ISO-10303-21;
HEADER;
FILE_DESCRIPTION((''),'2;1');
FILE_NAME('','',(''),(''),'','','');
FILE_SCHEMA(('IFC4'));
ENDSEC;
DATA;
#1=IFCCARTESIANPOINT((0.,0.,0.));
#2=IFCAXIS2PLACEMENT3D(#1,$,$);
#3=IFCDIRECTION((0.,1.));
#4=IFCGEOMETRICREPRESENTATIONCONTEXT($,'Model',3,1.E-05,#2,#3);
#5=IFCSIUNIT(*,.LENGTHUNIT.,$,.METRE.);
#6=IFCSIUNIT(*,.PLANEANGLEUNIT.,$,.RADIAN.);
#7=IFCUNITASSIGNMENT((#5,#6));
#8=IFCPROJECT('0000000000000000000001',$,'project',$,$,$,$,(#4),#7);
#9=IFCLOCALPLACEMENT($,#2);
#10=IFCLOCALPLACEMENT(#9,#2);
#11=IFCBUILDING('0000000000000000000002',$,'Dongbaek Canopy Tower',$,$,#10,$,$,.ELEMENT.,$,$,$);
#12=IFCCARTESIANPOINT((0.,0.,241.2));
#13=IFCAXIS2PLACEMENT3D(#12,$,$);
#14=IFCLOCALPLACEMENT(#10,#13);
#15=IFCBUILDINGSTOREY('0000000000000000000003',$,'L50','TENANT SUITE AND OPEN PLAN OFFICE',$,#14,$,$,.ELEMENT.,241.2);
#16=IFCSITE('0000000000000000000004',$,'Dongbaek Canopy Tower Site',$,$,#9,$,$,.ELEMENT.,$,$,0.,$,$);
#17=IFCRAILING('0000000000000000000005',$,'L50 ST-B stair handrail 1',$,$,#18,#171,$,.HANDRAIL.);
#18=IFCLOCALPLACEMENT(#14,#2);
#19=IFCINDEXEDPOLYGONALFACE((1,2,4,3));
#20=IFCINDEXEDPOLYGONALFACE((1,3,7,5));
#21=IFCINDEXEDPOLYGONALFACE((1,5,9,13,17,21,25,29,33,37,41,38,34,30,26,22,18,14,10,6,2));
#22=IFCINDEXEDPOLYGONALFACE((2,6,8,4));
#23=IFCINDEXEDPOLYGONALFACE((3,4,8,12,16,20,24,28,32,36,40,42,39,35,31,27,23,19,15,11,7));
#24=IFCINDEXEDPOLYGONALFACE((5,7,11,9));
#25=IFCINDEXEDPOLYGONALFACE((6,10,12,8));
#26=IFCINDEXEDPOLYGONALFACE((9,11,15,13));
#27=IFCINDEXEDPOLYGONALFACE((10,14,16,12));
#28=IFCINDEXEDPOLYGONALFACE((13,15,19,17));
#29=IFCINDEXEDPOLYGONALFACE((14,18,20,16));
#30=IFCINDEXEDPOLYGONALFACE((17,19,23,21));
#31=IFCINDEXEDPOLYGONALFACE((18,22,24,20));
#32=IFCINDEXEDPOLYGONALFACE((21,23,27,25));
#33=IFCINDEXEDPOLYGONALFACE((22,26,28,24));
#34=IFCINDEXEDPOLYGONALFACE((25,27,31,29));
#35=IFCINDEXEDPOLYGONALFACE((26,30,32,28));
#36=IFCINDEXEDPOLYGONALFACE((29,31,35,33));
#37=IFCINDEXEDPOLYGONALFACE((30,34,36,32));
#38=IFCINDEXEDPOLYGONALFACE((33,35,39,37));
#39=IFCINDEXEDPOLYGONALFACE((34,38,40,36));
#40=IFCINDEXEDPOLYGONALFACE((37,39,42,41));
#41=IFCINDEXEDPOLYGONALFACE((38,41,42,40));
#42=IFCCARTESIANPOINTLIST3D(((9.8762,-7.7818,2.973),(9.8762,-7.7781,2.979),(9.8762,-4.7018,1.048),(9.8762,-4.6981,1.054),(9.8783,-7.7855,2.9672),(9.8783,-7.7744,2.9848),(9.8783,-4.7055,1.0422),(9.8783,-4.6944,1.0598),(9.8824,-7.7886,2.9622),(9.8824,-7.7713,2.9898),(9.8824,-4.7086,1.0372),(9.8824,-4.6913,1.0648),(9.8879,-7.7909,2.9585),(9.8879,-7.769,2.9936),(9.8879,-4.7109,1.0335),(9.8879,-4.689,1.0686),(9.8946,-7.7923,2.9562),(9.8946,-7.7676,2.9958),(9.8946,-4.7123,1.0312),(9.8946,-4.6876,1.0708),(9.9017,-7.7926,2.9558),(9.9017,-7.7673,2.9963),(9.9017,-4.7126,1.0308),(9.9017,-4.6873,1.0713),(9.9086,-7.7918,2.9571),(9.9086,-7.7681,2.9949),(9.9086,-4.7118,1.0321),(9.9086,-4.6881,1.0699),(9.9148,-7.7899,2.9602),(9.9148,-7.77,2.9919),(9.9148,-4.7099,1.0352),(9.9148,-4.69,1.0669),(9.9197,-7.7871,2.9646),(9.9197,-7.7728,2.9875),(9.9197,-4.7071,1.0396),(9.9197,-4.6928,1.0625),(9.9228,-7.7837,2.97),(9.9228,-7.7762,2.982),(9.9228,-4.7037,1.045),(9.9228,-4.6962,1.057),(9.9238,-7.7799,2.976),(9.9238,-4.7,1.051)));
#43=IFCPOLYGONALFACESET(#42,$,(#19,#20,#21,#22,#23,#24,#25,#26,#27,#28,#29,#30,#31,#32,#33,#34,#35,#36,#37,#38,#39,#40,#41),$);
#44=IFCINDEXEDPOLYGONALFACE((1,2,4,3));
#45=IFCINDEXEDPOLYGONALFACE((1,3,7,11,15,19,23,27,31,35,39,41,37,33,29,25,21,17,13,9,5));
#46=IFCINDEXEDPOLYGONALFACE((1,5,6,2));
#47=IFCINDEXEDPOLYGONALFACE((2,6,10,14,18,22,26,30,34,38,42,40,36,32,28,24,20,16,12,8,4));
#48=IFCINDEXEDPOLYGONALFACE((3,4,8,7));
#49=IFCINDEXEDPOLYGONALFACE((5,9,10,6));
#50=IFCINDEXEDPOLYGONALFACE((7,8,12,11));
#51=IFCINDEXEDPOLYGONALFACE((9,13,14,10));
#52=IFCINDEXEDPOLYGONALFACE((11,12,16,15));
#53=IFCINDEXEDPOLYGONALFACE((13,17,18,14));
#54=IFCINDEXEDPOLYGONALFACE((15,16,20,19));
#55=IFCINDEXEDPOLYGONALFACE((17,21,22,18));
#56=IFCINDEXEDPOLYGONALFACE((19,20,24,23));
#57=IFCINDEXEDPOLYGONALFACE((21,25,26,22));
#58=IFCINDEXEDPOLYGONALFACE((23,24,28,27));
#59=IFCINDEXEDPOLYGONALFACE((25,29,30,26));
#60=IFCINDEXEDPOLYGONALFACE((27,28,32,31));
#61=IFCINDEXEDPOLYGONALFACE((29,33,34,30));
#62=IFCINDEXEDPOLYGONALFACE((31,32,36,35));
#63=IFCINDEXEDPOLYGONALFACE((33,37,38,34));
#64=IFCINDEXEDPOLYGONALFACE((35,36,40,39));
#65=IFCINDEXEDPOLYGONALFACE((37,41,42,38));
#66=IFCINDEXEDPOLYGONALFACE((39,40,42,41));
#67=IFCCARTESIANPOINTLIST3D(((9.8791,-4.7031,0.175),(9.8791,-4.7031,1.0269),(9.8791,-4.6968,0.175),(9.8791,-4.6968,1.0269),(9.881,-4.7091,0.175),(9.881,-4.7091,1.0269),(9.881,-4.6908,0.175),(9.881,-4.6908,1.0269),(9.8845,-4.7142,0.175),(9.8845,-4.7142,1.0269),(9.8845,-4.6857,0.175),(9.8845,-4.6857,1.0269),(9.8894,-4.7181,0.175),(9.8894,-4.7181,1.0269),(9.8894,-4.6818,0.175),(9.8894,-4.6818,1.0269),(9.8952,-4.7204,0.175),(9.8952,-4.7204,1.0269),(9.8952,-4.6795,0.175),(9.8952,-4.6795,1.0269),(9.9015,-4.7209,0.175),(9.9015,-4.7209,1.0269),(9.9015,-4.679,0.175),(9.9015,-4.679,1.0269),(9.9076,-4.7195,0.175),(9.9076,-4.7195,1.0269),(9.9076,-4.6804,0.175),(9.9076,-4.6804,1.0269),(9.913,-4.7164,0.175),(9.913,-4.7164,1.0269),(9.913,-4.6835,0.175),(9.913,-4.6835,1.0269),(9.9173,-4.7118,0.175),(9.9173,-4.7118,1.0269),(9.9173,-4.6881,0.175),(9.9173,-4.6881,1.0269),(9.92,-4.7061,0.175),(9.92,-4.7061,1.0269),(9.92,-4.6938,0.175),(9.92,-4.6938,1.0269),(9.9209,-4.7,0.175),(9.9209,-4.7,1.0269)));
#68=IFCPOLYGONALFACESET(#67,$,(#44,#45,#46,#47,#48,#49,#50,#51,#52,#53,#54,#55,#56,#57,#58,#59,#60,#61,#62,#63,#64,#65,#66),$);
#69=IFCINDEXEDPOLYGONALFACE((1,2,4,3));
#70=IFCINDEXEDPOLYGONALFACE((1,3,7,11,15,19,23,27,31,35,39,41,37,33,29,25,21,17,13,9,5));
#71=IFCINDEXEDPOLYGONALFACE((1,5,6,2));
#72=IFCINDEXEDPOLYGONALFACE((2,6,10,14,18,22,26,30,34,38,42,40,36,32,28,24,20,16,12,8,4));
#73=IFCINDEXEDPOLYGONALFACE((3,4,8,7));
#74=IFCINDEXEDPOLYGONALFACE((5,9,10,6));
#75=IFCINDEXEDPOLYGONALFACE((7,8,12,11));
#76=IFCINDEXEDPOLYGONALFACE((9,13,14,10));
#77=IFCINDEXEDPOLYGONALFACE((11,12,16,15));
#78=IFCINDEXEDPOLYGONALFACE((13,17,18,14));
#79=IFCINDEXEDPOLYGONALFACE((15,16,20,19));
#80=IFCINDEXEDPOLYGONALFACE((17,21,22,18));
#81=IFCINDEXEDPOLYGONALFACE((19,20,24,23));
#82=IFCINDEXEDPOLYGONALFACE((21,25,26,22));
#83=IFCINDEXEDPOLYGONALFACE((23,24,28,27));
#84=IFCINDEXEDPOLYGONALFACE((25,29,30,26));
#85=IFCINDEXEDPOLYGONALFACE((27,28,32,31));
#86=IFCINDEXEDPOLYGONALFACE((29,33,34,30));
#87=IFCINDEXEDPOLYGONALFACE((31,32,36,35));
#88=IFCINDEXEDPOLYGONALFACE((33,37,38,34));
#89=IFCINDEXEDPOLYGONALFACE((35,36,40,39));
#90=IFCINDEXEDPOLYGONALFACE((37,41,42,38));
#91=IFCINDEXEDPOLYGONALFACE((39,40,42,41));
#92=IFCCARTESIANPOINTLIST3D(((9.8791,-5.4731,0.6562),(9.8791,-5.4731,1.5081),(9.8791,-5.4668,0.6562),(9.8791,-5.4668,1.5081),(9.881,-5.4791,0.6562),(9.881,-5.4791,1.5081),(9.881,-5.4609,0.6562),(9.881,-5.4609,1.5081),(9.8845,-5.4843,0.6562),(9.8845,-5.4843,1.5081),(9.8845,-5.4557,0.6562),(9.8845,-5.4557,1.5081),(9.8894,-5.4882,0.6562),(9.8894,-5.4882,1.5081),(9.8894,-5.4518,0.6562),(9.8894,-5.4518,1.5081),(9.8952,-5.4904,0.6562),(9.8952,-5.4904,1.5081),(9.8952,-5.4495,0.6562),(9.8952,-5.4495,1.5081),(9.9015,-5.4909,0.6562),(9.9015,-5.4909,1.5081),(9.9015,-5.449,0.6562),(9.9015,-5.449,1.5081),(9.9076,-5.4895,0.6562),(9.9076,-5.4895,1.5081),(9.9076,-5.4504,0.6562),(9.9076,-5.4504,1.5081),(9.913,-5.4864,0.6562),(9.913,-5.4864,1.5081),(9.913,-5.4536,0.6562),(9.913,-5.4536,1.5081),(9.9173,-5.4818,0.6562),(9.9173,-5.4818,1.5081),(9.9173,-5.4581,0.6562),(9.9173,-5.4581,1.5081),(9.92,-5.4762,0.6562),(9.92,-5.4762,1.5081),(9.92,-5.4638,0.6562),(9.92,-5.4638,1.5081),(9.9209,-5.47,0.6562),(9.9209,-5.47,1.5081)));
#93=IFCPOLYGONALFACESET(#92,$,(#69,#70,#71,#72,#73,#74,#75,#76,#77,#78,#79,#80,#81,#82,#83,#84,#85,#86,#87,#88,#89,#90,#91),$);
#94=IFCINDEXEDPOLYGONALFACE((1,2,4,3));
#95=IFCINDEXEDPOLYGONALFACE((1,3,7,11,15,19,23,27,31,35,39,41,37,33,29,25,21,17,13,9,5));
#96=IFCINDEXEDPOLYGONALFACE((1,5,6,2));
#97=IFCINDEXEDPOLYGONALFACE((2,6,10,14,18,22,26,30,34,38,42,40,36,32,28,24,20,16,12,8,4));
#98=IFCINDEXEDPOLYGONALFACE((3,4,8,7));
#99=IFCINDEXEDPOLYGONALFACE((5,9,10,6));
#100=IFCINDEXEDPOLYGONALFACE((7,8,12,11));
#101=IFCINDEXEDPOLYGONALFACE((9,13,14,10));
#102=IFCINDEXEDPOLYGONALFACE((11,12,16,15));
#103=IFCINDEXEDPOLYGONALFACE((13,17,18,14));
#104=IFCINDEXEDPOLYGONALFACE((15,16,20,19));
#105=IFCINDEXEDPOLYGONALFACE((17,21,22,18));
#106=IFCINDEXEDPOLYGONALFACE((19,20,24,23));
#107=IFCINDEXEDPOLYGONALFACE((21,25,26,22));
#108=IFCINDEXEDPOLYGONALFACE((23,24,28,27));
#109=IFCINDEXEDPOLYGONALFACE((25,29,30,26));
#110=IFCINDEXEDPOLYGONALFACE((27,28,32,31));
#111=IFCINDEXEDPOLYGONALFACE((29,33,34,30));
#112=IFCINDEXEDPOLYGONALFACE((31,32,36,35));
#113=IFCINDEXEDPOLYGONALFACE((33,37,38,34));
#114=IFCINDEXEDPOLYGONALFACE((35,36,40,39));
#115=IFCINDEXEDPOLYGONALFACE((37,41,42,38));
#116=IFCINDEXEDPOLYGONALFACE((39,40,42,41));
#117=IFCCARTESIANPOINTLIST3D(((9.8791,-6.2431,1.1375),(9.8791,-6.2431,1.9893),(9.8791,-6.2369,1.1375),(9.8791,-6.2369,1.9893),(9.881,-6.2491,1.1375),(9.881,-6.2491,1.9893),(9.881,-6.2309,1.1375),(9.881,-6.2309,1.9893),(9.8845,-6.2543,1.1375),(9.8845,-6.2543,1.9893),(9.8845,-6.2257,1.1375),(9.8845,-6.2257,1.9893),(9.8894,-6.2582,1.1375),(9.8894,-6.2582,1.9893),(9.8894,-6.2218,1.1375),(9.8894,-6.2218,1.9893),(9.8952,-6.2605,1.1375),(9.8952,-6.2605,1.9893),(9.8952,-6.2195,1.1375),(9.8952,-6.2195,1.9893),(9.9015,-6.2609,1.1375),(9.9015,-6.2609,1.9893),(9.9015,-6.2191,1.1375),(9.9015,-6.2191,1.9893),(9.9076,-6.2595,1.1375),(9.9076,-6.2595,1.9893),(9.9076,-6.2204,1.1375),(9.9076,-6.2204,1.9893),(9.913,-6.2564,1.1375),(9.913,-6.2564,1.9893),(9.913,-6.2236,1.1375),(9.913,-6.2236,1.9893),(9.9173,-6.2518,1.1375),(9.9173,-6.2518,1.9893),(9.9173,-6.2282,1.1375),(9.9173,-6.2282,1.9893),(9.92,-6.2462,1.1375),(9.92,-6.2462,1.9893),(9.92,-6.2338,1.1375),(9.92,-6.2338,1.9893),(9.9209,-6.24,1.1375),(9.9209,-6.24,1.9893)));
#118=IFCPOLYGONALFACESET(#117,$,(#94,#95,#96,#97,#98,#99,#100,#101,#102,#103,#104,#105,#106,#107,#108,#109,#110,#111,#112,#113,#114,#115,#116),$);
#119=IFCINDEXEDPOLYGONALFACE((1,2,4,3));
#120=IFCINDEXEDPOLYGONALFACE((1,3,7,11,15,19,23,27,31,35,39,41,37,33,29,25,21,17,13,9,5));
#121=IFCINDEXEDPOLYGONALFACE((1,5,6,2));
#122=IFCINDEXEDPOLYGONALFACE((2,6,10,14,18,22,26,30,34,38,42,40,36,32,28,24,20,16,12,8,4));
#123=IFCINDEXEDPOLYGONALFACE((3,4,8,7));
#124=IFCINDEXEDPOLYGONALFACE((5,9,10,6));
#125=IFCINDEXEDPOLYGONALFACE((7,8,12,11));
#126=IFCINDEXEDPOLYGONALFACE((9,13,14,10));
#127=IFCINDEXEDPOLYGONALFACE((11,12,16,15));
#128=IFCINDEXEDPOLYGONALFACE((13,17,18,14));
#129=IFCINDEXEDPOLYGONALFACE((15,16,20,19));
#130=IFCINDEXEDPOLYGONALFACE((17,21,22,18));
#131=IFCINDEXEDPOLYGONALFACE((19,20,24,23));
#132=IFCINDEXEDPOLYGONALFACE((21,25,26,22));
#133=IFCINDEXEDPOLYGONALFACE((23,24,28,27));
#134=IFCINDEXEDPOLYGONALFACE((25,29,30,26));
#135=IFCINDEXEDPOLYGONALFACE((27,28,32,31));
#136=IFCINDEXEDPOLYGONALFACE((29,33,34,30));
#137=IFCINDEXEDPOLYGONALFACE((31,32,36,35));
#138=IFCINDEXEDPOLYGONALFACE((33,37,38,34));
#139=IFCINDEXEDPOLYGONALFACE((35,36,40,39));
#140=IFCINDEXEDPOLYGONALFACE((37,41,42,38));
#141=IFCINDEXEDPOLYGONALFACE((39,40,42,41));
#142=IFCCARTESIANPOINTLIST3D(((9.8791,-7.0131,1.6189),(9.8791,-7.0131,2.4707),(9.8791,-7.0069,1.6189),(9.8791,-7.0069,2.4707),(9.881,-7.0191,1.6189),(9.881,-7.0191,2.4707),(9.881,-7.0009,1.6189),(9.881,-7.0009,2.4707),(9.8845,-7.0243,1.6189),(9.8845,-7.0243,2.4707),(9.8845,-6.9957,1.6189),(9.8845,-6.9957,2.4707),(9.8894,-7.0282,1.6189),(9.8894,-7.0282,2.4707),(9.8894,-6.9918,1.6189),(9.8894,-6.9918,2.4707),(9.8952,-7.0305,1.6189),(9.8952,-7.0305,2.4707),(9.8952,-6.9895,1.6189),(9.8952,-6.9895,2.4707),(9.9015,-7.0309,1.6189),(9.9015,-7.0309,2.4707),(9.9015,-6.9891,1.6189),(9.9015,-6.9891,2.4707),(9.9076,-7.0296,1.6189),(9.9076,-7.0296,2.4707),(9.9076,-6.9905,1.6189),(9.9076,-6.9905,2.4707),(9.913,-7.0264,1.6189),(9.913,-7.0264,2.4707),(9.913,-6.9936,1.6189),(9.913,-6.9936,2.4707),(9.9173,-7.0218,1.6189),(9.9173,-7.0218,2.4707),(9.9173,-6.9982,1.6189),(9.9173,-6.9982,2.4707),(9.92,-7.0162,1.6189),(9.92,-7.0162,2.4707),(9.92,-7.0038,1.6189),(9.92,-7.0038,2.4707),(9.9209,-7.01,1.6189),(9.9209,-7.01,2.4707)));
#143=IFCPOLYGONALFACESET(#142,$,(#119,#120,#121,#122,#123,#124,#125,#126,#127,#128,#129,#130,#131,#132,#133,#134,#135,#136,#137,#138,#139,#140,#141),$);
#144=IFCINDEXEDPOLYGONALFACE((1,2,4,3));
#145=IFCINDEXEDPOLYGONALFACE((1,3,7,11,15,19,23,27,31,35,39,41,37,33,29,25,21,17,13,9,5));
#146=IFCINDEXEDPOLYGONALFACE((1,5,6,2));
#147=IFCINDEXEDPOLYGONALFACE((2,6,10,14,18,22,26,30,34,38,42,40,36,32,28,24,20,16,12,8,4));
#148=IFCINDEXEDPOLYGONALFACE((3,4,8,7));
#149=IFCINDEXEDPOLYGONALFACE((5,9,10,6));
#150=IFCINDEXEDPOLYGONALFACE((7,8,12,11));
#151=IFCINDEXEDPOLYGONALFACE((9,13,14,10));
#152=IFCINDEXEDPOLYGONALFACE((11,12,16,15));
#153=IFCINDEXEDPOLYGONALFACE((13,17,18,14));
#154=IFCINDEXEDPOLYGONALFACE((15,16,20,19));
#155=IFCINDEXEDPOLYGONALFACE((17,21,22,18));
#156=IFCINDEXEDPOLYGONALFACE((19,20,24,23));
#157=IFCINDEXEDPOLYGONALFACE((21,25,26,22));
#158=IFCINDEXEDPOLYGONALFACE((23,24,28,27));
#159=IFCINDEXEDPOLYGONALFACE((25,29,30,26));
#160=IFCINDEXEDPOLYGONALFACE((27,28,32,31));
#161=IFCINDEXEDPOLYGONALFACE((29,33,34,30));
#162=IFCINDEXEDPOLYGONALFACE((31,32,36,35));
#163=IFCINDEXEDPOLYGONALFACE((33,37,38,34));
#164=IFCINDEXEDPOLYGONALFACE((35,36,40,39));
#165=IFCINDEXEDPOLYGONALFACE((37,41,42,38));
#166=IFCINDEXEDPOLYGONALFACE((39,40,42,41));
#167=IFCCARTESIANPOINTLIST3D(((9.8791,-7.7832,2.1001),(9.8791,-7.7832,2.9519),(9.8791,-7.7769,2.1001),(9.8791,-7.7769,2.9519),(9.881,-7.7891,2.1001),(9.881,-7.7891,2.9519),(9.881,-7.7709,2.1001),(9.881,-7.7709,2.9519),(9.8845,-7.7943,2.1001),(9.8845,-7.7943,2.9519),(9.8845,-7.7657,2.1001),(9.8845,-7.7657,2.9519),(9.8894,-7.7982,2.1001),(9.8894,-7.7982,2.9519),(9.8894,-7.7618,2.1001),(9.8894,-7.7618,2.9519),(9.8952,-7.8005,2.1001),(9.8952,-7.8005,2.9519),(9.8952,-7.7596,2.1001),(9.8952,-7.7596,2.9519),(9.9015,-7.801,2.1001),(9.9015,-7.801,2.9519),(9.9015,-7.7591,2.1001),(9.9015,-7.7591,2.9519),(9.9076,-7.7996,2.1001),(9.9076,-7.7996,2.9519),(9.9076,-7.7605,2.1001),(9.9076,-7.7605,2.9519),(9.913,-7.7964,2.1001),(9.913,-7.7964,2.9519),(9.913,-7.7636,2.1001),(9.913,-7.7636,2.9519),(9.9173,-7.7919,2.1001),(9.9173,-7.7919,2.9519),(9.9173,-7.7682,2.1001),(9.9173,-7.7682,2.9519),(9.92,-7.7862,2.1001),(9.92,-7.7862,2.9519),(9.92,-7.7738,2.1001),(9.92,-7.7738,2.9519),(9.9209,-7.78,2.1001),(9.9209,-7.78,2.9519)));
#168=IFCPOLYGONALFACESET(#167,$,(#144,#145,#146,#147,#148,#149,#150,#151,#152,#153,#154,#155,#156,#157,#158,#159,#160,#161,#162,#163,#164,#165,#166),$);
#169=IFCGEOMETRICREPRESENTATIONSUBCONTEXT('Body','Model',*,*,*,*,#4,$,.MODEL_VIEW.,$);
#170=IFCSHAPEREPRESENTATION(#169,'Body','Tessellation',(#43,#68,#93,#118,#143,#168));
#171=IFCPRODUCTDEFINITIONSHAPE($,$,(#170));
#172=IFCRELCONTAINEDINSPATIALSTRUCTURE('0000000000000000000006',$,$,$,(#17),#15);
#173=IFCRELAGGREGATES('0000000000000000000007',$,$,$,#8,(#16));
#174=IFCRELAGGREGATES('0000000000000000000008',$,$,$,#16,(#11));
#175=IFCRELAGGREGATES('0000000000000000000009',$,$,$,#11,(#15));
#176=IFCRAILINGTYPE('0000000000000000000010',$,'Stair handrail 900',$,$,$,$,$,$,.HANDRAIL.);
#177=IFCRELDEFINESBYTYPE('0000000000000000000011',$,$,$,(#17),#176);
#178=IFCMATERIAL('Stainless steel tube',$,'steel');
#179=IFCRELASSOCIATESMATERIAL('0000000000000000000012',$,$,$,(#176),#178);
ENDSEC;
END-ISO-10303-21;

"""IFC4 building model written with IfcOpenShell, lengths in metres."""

from ifc_helpers import new_model, si_unit, direction, frame, origin, origin_2d, place, context, subcontext, project, spatial, circle, extrude, material, type_object, element, save


model = new_model("IFC4")

# Units and contexts
model_context = context("Model", 3, precision=1e-05, world=origin(), true_north=direction((0.0, 1.0)))
body_context = subcontext(model_context, "Body", "Model", "MODEL_VIEW")
ifc_project = project(units=[si_unit("LENGTHUNIT", "METRE"), si_unit("PLANEANGLEUNIT", "RADIAN")], contexts=[model_context])

# Site, building, storey
site_placement = place(None, origin())
site = spatial("IfcSite", under=ifc_project, at=site_placement, Name="Dongbaek Canopy Tower Site", CompositionType="ELEMENT", RefElevation=0.0)
building_placement = place(site_placement, origin())
building = spatial("IfcBuilding", under=site, at=building_placement, Name="Dongbaek Canopy Tower", CompositionType="ELEMENT")
storey_placement = place(building_placement, frame((0.0, 0.0, 241.2)))
storey = spatial("IfcBuildingStorey", under=building, at=storey_placement, Name="L50", Description="TENANT SUITE AND OPEN PLAN OFFICE", CompositionType="ELEMENT", Elevation=241.2)

# Railing
ifc_material_1 = material(Name="Stainless steel tube", Category="steel")
railing_type_1 = type_object("IfcRailingType", Name="Stair handrail 900", PredefinedType="HANDRAIL", material=ifc_material_1)
railing_1_placement = place(storey_placement, frame((9.8999, -4.7, 0.175)))
element("IfcRailing", 1, at=railing_1_placement, inside=storey, type_object=railing_type_1, Name="L50 ST-B stair handrail 1", PredefinedType="HANDRAIL", context=body_context, shape_type="SweptSolid", body=[
    extrude(circle(Radius=0.0239, at=origin_2d()), frame((0.0, 0.0, 0.876), z_axis=(0.0, -0.847998, 0.529999), x_axis=(1.0, 0.0, 0.0)), (0.0, 0.0, 1.0), 3.6321),
    extrude(circle(Radius=0.021, at=origin_2d()), origin(), (0.0, 0.0, 1.0), 0.8518),
    extrude(circle(Radius=0.021, at=origin_2d()), frame((0.0, -0.77, 0.4812)), (0.0, 0.0, 1.0), 0.8518),
    extrude(circle(Radius=0.021, at=origin_2d()), frame((0.0, -1.54, 0.9624)), (0.0, 0.0, 1.0), 0.8518),
    extrude(circle(Radius=0.021, at=origin_2d()), frame((0.0, -2.3101, 1.4438)), (0.0, 0.0, 1.0), 0.8518),
    extrude(circle(Radius=0.021, at=origin_2d()), frame((0.0, -3.0801, 1.925)), (0.0, 0.0, 1.0), 0.8518),
])

save(model, "model.ifc")
